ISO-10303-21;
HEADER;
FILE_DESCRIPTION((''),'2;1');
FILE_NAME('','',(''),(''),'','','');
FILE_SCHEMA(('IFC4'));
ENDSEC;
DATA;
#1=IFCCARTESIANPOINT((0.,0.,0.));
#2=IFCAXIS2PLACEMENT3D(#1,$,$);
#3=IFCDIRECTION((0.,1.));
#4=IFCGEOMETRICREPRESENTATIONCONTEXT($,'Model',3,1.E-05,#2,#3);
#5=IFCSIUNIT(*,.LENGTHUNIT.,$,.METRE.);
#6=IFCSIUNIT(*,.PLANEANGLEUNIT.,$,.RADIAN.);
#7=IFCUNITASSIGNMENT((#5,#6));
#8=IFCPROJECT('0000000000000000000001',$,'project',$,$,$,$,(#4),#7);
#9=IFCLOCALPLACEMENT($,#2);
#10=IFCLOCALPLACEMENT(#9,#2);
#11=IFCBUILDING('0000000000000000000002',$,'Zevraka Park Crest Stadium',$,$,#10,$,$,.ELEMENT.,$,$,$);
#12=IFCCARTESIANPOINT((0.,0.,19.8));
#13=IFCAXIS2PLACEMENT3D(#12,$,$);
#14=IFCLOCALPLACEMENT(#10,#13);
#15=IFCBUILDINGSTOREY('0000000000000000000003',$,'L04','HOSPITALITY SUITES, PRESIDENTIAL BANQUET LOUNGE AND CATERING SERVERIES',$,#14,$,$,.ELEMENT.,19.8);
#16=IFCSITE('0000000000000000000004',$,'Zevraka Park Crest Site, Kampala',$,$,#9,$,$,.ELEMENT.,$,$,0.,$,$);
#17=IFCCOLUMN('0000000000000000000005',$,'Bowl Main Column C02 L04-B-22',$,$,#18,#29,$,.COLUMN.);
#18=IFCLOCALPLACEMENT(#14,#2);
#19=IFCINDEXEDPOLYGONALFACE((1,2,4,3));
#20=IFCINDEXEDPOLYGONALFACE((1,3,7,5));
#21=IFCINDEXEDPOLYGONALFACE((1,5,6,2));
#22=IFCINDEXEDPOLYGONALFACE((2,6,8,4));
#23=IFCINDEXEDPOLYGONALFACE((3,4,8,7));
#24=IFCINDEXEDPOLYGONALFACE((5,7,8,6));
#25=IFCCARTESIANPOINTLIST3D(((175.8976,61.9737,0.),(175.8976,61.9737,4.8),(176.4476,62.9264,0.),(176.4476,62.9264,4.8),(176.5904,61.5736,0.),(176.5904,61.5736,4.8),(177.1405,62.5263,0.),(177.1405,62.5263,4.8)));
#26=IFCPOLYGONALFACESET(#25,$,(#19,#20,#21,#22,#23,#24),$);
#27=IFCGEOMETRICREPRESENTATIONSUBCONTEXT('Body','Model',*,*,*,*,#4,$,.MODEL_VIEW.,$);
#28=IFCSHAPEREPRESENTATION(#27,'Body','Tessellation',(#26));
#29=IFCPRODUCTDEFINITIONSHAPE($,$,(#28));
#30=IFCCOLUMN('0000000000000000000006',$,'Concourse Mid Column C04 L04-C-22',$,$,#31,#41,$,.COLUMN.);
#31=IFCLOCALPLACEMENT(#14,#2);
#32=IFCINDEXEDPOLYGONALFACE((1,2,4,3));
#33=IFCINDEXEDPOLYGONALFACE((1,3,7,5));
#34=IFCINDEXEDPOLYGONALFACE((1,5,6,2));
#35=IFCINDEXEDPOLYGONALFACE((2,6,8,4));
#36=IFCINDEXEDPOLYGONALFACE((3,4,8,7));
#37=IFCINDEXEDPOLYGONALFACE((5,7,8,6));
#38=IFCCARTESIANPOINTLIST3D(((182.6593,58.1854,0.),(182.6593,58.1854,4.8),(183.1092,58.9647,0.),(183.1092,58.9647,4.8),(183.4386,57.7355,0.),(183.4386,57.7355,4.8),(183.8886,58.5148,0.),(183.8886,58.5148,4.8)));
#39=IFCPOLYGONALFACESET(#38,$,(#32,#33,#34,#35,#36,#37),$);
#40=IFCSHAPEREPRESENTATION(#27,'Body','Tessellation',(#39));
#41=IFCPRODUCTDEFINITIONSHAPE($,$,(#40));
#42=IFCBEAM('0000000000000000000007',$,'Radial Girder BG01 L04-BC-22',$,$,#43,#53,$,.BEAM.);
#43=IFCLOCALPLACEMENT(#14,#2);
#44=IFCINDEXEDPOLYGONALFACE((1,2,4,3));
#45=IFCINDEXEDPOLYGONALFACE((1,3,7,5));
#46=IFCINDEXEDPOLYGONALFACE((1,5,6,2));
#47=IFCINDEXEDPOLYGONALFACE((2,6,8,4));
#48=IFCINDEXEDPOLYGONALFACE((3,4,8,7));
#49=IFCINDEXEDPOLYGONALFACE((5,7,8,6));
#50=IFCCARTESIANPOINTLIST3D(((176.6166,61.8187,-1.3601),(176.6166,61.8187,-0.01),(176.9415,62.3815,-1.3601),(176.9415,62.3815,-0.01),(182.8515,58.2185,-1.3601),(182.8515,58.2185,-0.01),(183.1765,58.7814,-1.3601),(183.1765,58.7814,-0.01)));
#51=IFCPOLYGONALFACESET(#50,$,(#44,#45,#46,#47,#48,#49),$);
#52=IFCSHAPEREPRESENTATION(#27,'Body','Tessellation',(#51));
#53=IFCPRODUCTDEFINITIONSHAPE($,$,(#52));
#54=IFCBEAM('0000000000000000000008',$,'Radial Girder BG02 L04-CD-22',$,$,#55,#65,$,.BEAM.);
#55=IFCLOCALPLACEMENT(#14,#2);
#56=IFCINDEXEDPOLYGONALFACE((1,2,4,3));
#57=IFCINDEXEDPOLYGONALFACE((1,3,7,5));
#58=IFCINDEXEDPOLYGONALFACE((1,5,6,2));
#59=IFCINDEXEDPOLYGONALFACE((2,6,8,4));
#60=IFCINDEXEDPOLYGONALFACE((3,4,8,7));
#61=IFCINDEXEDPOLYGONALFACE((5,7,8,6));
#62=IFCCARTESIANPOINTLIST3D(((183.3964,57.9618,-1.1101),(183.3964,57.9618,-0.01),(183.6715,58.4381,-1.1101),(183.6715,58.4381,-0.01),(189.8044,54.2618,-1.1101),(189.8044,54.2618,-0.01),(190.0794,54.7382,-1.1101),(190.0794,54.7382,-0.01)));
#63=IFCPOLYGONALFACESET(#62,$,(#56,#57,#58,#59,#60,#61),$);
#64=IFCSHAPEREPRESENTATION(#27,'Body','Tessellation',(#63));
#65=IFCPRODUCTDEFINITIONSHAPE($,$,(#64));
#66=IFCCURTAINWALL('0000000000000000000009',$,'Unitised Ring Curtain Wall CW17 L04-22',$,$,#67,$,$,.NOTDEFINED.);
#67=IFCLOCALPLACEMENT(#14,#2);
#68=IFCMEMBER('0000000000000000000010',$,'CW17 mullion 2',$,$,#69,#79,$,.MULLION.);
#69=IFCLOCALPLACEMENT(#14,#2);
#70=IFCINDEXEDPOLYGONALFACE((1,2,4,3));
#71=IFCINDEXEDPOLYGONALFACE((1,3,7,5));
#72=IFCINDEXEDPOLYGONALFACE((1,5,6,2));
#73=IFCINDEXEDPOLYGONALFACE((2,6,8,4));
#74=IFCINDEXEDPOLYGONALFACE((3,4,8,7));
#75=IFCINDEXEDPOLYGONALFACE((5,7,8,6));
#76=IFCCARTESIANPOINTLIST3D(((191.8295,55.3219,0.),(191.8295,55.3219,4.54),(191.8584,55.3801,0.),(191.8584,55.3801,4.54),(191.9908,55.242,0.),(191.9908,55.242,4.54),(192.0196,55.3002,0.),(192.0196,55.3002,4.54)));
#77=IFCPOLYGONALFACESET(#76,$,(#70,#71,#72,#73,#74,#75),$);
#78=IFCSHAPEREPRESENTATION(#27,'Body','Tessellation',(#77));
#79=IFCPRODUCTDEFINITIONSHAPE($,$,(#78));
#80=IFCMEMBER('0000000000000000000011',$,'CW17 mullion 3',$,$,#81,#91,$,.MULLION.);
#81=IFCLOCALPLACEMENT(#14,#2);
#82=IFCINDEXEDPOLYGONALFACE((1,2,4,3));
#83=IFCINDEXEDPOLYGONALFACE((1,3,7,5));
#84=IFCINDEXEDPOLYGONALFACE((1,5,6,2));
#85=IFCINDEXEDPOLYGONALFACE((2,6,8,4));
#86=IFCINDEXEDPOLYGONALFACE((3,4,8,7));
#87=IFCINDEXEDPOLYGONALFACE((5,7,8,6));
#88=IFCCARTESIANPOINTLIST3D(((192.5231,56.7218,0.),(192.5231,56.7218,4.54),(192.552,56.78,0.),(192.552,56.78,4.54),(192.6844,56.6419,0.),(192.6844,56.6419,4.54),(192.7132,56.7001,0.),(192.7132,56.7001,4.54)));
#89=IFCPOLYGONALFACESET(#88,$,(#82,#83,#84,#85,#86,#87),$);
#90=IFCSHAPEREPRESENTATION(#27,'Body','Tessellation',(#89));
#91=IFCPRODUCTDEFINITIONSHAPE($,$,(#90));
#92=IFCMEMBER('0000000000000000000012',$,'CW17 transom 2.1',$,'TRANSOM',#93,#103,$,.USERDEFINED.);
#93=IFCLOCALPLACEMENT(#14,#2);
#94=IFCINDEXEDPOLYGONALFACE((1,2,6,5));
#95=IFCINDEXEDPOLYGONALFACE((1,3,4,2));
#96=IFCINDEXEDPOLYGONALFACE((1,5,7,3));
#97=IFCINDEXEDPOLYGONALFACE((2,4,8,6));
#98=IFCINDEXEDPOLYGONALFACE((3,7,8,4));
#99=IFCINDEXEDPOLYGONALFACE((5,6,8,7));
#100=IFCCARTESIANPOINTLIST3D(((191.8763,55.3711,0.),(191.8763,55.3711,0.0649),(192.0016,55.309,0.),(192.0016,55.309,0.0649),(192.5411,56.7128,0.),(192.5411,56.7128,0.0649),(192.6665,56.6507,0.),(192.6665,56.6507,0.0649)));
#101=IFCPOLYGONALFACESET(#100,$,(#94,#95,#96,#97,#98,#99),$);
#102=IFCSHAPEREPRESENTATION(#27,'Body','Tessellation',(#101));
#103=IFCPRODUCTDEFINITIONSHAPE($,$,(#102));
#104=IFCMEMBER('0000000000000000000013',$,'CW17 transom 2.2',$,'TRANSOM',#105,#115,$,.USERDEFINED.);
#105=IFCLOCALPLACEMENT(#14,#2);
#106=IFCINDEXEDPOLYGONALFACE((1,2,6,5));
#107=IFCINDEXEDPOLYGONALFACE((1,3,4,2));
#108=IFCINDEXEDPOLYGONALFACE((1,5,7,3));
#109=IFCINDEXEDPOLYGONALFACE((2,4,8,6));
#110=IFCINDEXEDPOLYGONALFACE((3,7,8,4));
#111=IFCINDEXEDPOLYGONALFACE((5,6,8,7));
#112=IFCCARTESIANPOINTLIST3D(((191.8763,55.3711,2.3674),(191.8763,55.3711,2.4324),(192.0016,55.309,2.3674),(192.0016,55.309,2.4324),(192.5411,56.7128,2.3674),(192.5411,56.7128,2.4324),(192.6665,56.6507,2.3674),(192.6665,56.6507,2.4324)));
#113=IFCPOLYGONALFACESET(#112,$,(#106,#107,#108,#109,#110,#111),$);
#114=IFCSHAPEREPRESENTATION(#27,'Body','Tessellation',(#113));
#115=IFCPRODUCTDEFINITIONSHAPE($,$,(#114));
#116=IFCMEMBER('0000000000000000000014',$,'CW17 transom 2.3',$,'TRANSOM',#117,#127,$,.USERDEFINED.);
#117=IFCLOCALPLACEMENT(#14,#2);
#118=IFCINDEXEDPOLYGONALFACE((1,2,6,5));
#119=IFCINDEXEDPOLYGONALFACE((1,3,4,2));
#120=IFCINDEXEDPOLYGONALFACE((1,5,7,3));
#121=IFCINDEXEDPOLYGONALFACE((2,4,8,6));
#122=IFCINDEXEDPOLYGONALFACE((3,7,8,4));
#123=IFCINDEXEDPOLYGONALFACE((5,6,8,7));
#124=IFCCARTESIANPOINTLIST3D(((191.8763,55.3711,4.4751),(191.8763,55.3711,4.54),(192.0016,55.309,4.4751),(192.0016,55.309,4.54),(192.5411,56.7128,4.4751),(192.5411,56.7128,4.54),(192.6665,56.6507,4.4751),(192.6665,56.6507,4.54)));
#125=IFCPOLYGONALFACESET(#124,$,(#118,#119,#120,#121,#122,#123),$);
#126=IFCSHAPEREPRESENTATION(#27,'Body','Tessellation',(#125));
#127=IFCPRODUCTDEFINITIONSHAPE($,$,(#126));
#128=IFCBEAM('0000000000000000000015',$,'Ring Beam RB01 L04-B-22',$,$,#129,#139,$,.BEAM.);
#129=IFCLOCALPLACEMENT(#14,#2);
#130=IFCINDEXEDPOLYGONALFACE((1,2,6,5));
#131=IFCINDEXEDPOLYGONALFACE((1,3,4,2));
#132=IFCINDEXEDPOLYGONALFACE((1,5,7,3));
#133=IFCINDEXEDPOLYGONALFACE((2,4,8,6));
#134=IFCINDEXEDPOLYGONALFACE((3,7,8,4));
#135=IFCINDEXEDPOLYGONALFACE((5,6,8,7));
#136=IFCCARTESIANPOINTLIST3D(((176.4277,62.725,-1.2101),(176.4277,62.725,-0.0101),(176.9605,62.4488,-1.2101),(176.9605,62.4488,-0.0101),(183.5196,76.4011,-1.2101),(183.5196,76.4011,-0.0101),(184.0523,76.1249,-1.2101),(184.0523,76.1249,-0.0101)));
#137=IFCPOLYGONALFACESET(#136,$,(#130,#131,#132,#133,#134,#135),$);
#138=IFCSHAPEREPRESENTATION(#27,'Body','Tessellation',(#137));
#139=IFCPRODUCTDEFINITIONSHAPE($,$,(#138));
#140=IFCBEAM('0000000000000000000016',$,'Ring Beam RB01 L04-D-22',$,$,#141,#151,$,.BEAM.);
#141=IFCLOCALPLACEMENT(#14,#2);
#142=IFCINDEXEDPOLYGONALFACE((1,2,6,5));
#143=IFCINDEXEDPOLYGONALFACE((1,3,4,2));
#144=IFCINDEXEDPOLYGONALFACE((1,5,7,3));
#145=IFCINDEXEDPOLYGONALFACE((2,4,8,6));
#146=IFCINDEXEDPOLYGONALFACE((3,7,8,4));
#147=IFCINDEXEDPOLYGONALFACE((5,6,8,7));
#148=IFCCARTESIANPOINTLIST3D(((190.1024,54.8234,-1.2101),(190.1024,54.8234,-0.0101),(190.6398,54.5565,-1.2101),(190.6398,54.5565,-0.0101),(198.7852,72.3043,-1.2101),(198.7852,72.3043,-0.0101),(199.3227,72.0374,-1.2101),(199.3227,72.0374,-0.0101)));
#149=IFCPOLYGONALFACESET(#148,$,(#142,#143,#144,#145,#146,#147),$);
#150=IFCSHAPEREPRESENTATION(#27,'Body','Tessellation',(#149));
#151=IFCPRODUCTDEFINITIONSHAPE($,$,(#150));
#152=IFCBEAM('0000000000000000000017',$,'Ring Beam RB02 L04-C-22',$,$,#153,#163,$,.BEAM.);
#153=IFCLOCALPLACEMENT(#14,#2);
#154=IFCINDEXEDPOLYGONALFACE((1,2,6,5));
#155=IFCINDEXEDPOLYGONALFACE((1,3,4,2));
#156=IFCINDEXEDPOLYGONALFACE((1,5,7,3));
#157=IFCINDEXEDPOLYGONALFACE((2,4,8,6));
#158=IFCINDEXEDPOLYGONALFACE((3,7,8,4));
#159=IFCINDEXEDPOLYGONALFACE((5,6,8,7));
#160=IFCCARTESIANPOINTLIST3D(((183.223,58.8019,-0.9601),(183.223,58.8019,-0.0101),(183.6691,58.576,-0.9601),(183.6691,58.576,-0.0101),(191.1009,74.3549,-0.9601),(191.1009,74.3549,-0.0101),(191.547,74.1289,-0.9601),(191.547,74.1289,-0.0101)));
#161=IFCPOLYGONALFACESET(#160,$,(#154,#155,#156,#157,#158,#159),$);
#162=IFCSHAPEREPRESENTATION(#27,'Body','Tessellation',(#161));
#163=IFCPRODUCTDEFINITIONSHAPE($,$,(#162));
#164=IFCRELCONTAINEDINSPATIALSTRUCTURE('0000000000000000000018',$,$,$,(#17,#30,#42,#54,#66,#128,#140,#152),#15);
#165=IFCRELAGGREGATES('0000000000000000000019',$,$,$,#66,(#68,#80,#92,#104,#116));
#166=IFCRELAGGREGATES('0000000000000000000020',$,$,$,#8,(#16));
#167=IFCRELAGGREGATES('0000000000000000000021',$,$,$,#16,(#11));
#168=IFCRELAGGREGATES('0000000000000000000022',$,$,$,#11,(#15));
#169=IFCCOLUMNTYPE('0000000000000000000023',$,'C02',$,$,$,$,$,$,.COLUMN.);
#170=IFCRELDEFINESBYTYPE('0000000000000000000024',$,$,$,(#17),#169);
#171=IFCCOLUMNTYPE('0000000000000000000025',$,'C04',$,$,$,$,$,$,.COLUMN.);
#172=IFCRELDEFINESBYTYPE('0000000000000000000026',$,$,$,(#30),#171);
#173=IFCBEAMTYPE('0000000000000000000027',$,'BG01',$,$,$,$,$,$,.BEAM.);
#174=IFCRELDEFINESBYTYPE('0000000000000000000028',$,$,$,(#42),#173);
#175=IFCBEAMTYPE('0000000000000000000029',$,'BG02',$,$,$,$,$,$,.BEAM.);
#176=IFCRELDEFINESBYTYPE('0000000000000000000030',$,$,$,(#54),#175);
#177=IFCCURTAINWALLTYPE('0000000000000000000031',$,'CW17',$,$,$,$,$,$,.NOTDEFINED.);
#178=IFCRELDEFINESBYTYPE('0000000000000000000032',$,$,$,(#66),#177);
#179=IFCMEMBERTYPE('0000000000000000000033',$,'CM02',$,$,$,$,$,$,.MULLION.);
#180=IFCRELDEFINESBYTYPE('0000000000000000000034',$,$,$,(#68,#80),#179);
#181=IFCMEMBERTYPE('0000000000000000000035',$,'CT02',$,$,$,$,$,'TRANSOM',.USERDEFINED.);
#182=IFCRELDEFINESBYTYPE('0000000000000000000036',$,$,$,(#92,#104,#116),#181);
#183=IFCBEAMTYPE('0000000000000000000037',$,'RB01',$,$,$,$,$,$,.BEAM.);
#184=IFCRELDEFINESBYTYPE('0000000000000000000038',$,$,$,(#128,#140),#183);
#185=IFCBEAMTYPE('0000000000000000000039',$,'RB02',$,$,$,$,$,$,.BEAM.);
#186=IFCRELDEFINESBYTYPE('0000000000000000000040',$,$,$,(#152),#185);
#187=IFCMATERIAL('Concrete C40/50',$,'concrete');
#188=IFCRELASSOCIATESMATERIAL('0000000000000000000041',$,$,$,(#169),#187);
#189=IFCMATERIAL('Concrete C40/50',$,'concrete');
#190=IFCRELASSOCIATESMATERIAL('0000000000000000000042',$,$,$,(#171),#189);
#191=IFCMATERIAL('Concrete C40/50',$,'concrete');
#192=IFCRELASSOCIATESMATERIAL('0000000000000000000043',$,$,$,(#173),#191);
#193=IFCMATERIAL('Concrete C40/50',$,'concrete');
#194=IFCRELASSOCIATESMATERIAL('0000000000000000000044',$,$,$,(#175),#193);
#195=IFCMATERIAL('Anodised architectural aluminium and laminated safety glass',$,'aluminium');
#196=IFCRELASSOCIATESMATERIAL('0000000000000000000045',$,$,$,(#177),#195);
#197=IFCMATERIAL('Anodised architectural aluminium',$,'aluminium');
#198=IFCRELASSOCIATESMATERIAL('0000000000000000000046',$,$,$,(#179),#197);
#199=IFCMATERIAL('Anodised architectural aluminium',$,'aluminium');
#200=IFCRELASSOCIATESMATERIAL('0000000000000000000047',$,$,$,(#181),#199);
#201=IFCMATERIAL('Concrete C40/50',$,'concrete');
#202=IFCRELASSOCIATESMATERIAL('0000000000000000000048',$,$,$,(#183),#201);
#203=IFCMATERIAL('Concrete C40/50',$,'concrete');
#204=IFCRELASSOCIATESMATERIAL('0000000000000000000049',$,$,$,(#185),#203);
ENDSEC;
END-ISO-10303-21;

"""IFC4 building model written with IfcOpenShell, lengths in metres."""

from ifc_helpers import new_model, si_unit, direction, frame, origin, origin_2d, place, context, subcontext, project, spatial, rectangle, extrude, material, material_profile, profile_set, type_object, element, aggregate, save


model = new_model("IFC4")

# Units and contexts
model_context = context("Model", 3, precision=1e-05, world=origin(), true_north=direction((0.0, 1.0)))
body_context = subcontext(model_context, "Body", "Model", "MODEL_VIEW")
ifc_project = project(units=[si_unit("LENGTHUNIT", "METRE"), si_unit("PLANEANGLEUNIT", "RADIAN")], contexts=[model_context])

# Site, building, storey
site_placement = place(None, origin())
site = spatial("IfcSite", under=ifc_project, at=site_placement, Name="Zevraka Park Crest Site, Kampala", CompositionType="ELEMENT", RefElevation=0.0)
building_placement = place(site_placement, origin())
building = spatial("IfcBuilding", under=site, at=building_placement, Name="Zevraka Park Crest Stadium", CompositionType="ELEMENT")
storey_placement = place(building_placement, frame((0.0, 0.0, 19.8)))
storey = spatial("IfcBuildingStorey", under=building, at=storey_placement, Name="L04", Description="HOSPITALITY SUITES, PRESIDENTIAL BANQUET LOUNGE AND CATERING SERVERIES", CompositionType="ELEMENT", Elevation=19.8)

# Columns
ifc_material_1 = material(Name="Concrete C40/50", Category="concrete")
ifc_material_profile_1 = material_profile(ifc_material_1, rectangle(XDim=0.8, YDim=1.1001, at=origin_2d()), Name="RC 1100x800")
ifc_profile_set_1 = profile_set([ifc_material_profile_1], Name="Concrete C40/50")
column_type_1 = type_object("IfcColumnType", Name="C02", PredefinedType="COLUMN", material=ifc_profile_set_1)
column_1_placement = place(storey_placement, frame((176.519, 62.25, 0.0), z_axis=(0.0, 0.0, 1.0), x_axis=(-0.866025, 0.5, 0.0)))
element("IfcColumn", 1, at=column_1_placement, inside=storey, type_object=column_type_1, Name="Bowl Main Column C02 L04-B-22", PredefinedType="COLUMN", context=body_context, shape_type="SweptSolid", body=[
    extrude(rectangle(XDim=0.8, YDim=1.1001, at=origin_2d()), origin(), (0.0, 0.0, 1.0), 4.8),
])
ifc_material_2 = material(Name="Concrete C40/50", Category="concrete")
ifc_material_profile_2 = material_profile(ifc_material_2, rectangle(XDim=0.8999, YDim=0.8999, at=origin_2d()), Name="RC 900x900")
ifc_profile_set_2 = profile_set([ifc_material_profile_2], Name="Concrete C40/50")
column_type_2 = type_object("IfcColumnType", Name="C04", PredefinedType="COLUMN", material=ifc_profile_set_2)
column_2_placement = place(storey_placement, frame((183.2739, 58.3501, 0.0), z_axis=(0.0, 0.0, 1.0), x_axis=(-0.866025, 0.5, 0.0)))
element("IfcColumn", 2, at=column_2_placement, inside=storey, type_object=column_type_2, Name="Concourse Mid Column C04 L04-C-22", PredefinedType="COLUMN", context=body_context, shape_type="SweptSolid", body=[
    extrude(rectangle(XDim=0.8999, YDim=0.8999, at=origin_2d()), origin(), (0.0, 0.0, 1.0), 4.8),
])

# Beams
ifc_material_3 = material(Name="Concrete C40/50", Category="concrete")
ifc_material_profile_3 = material_profile(ifc_material_3, rectangle(XDim=0.6499, YDim=1.3501, at=origin_2d()), Name="RC 1350x650")
ifc_profile_set_3 = profile_set([ifc_material_profile_3], Name="Concrete C40/50")
beam_type_1 = type_object("IfcBeamType", Name="BG01", PredefinedType="BEAM", material=ifc_profile_set_3)
beam_1_placement = place(storey_placement, frame((176.7791, 62.1001, -0.6851), z_axis=(0.866001, -0.500041, 0.0), x_axis=(0.500041, 0.866001, 0.0)))
element("IfcBeam", 3, at=beam_1_placement, inside=storey, type_object=beam_type_1, Name="Radial Girder BG01 L04-BC-22", PredefinedType="BEAM", context=body_context, shape_type="SweptSolid", body=[
    extrude(rectangle(XDim=0.6499, YDim=1.3501, at=origin_2d()), origin(), (0.0, 0.0, 1.0), 7.1997),
])
ifc_material_4 = material(Name="Concrete C40/50", Category="concrete")
ifc_material_profile_4 = material_profile(ifc_material_4, rectangle(XDim=0.55, YDim=1.1001, at=origin_2d()), Name="RC 1100x550")
ifc_profile_set_4 = profile_set([ifc_material_profile_4], Name="Concrete C40/50")
beam_type_2 = type_object("IfcBeamType", Name="BG02", PredefinedType="BEAM", material=ifc_profile_set_4)
beam_2_placement = place(storey_placement, frame((183.5339, 58.2, -0.5601), z_axis=(0.866007, -0.500032, 0.0), x_axis=(0.500032, 0.866007, 0.0)))
element("IfcBeam", 4, at=beam_2_placement, inside=storey, type_object=beam_type_2, Name="Radial Girder BG02 L04-CD-22", PredefinedType="BEAM", context=body_context, shape_type="SweptSolid", body=[
    extrude(rectangle(XDim=0.55, YDim=1.1001, at=origin_2d()), origin(), (0.0, 0.0, 1.0), 7.3994),
])

# Curtain wall, members
ifc_material_5 = material(Name="Anodised architectural aluminium and laminated safety glass", Category="aluminium")
curtain_wall_type = type_object("IfcCurtainWallType", Name="CW17", PredefinedType="NOTDEFINED", material=ifc_material_5)
curtain_wall_placement = place(storey_placement, origin())
curtain_wall = element("IfcCurtainWall", 5, at=curtain_wall_placement, inside=storey, type_object=curtain_wall_type, Name="Unitised Ring Curtain Wall CW17 L04-22", PredefinedType="NOTDEFINED")
ifc_material_6 = material(Name="Anodised architectural aluminium", Category="aluminium")
ifc_material_profile_5 = material_profile(ifc_material_6, rectangle(XDim=0.1799, YDim=0.0649, at=origin_2d()), Name="ALU MULLION 180x65")
ifc_profile_set_5 = profile_set([ifc_material_profile_5], Name="Anodised architectural aluminium")
member_type_1 = type_object("IfcMemberType", Name="CM02", PredefinedType="MULLION", material=ifc_profile_set_5)
member_1_placement = place(storey_placement, frame((191.9246, 55.311, 0.0), z_axis=(0.0, 0.0, 1.0), x_axis=(-0.896046, 0.443961, 0.0)))
member_1 = element("IfcMember", 6, at=member_1_placement, type_object=member_type_1, Name="CW17 mullion 2", PredefinedType="MULLION", context=body_context, shape_type="SweptSolid", body=[
    extrude(rectangle(XDim=0.1799, YDim=0.0649, at=origin_2d()), origin(), (0.0, 0.0, 1.0), 4.54),
])
member_2_placement = place(storey_placement, frame((192.6182, 56.7109, 0.0), z_axis=(0.0, 0.0, 1.0), x_axis=(-0.896046, 0.443961, 0.0)))
member_2 = element("IfcMember", 7, at=member_2_placement, type_object=member_type_1, Name="CW17 mullion 3", PredefinedType="MULLION", context=body_context, shape_type="SweptSolid", body=[
    extrude(rectangle(XDim=0.1799, YDim=0.0649, at=origin_2d()), origin(), (0.0, 0.0, 1.0), 4.54),
])
ifc_material_7 = material(Name="Anodised architectural aluminium", Category="aluminium")
ifc_material_profile_6 = material_profile(ifc_material_7, rectangle(XDim=0.1399, YDim=0.0649, at=origin_2d()), Name="ALU TRANSOM 140x65")
ifc_profile_set_6 = profile_set([ifc_material_profile_6], Name="Anodised architectural aluminium")
member_type_2 = type_object("IfcMemberType", Name="CT02", ElementType="TRANSOM", PredefinedType="USERDEFINED", material=ifc_profile_set_6)
member_3_placement = place(storey_placement, frame((191.939, 55.3401, 0.0325), z_axis=(0.444015, 0.896019, 0.0), x_axis=(-0.896019, 0.444015, 0.0)))
member_3 = element("IfcMember", 8, at=member_3_placement, type_object=member_type_2, Name="CW17 transom 2.1", ObjectType="TRANSOM", PredefinedType="USERDEFINED", context=body_context, shape_type="SweptSolid", body=[
    extrude(rectangle(XDim=0.1399, YDim=0.0649, at=origin_2d()), origin(), (0.0, 0.0, 1.0), 1.4973),
])
member_4_placement = place(storey_placement, frame((191.939, 55.3401, 2.3999), z_axis=(0.444015, 0.896019, 0.0), x_axis=(-0.896019, 0.444015, 0.0)))
member_4 = element("IfcMember", 9, at=member_4_placement, type_object=member_type_2, Name="CW17 transom 2.2", ObjectType="TRANSOM", PredefinedType="USERDEFINED", context=body_context, shape_type="SweptSolid", body=[
    extrude(rectangle(XDim=0.1399, YDim=0.0649, at=origin_2d()), origin(), (0.0, 0.0, 1.0), 1.4973),
])
member_5_placement = place(storey_placement, frame((191.939, 55.3401, 4.5076), z_axis=(0.444015, 0.896019, 0.0), x_axis=(-0.896019, 0.444015, 0.0)))
member_5 = element("IfcMember", 10, at=member_5_placement, type_object=member_type_2, Name="CW17 transom 2.3", ObjectType="TRANSOM", PredefinedType="USERDEFINED", context=body_context, shape_type="SweptSolid", body=[
    extrude(rectangle(XDim=0.1399, YDim=0.0649, at=origin_2d()), origin(), (0.0, 0.0, 1.0), 1.4973),
])

# Beams
ifc_material_8 = material(Name="Concrete C40/50", Category="concrete")
ifc_material_profile_7 = material_profile(ifc_material_8, rectangle(XDim=0.6001, YDim=1.2, at=origin_2d()), Name="RC 1200x600")
ifc_profile_set_7 = profile_set([ifc_material_profile_7], Name="Concrete C40/50")
beam_type_3 = type_object("IfcBeamType", Name="RB01", PredefinedType="BEAM", material=ifc_profile_set_7)
beam_3_placement = place(storey_placement, frame((176.6941, 62.5869, -0.6101), z_axis=(0.460344, 0.887741, 0.0), x_axis=(-0.887741, 0.460344, 0.0)))
element("IfcBeam", 11, at=beam_3_placement, inside=storey, type_object=beam_type_3, Name="Ring Beam RB01 L04-B-22", PredefinedType="BEAM", context=body_context, shape_type="SweptSolid", body=[
    extrude(rectangle(XDim=0.6001, YDim=1.2, at=origin_2d()), origin(), (0.0, 0.0, 1.0), 15.4055),
])
beam_4_placement = place(storey_placement, frame((190.3711, 54.6899, -0.6101), z_axis=(0.444851, 0.895605, 0.0), x_axis=(-0.895605, 0.444851, 0.0)))
element("IfcBeam", 12, at=beam_4_placement, inside=storey, type_object=beam_type_3, Name="Ring Beam RB01 L04-D-22", PredefinedType="BEAM", context=body_context, shape_type="SweptSolid", body=[
    extrude(rectangle(XDim=0.6001, YDim=1.2, at=origin_2d()), origin(), (0.0, 0.0, 1.0), 19.5186),
])
ifc_material_9 = material(Name="Concrete C40/50", Category="concrete")
ifc_material_profile_8 = material_profile(ifc_material_9, rectangle(XDim=0.5, YDim=0.95, at=origin_2d()), Name="RC 950x500")
ifc_profile_set_8 = profile_set([ifc_material_profile_8], Name="Concrete C40/50")
beam_type_4 = type_object("IfcBeamType", Name="RB02", PredefinedType="BEAM", material=ifc_profile_set_8)
beam_5_placement = place(storey_placement, frame((183.446, 58.689, -0.4851), z_axis=(0.451862, 0.892088, 0.0), x_axis=(-0.892088, 0.451862, 0.0)))
element("IfcBeam", 13, at=beam_5_placement, inside=storey, type_object=beam_type_4, Name="Ring Beam RB02 L04-C-22", PredefinedType="BEAM", context=body_context, shape_type="SweptSolid", body=[
    extrude(rectangle(XDim=0.5, YDim=0.95, at=origin_2d()), origin(), (0.0, 0.0, 1.0), 17.4343),
])

aggregate(curtain_wall, [member_1, member_2, member_3, member_4, member_5])

save(model, "model.ifc")
